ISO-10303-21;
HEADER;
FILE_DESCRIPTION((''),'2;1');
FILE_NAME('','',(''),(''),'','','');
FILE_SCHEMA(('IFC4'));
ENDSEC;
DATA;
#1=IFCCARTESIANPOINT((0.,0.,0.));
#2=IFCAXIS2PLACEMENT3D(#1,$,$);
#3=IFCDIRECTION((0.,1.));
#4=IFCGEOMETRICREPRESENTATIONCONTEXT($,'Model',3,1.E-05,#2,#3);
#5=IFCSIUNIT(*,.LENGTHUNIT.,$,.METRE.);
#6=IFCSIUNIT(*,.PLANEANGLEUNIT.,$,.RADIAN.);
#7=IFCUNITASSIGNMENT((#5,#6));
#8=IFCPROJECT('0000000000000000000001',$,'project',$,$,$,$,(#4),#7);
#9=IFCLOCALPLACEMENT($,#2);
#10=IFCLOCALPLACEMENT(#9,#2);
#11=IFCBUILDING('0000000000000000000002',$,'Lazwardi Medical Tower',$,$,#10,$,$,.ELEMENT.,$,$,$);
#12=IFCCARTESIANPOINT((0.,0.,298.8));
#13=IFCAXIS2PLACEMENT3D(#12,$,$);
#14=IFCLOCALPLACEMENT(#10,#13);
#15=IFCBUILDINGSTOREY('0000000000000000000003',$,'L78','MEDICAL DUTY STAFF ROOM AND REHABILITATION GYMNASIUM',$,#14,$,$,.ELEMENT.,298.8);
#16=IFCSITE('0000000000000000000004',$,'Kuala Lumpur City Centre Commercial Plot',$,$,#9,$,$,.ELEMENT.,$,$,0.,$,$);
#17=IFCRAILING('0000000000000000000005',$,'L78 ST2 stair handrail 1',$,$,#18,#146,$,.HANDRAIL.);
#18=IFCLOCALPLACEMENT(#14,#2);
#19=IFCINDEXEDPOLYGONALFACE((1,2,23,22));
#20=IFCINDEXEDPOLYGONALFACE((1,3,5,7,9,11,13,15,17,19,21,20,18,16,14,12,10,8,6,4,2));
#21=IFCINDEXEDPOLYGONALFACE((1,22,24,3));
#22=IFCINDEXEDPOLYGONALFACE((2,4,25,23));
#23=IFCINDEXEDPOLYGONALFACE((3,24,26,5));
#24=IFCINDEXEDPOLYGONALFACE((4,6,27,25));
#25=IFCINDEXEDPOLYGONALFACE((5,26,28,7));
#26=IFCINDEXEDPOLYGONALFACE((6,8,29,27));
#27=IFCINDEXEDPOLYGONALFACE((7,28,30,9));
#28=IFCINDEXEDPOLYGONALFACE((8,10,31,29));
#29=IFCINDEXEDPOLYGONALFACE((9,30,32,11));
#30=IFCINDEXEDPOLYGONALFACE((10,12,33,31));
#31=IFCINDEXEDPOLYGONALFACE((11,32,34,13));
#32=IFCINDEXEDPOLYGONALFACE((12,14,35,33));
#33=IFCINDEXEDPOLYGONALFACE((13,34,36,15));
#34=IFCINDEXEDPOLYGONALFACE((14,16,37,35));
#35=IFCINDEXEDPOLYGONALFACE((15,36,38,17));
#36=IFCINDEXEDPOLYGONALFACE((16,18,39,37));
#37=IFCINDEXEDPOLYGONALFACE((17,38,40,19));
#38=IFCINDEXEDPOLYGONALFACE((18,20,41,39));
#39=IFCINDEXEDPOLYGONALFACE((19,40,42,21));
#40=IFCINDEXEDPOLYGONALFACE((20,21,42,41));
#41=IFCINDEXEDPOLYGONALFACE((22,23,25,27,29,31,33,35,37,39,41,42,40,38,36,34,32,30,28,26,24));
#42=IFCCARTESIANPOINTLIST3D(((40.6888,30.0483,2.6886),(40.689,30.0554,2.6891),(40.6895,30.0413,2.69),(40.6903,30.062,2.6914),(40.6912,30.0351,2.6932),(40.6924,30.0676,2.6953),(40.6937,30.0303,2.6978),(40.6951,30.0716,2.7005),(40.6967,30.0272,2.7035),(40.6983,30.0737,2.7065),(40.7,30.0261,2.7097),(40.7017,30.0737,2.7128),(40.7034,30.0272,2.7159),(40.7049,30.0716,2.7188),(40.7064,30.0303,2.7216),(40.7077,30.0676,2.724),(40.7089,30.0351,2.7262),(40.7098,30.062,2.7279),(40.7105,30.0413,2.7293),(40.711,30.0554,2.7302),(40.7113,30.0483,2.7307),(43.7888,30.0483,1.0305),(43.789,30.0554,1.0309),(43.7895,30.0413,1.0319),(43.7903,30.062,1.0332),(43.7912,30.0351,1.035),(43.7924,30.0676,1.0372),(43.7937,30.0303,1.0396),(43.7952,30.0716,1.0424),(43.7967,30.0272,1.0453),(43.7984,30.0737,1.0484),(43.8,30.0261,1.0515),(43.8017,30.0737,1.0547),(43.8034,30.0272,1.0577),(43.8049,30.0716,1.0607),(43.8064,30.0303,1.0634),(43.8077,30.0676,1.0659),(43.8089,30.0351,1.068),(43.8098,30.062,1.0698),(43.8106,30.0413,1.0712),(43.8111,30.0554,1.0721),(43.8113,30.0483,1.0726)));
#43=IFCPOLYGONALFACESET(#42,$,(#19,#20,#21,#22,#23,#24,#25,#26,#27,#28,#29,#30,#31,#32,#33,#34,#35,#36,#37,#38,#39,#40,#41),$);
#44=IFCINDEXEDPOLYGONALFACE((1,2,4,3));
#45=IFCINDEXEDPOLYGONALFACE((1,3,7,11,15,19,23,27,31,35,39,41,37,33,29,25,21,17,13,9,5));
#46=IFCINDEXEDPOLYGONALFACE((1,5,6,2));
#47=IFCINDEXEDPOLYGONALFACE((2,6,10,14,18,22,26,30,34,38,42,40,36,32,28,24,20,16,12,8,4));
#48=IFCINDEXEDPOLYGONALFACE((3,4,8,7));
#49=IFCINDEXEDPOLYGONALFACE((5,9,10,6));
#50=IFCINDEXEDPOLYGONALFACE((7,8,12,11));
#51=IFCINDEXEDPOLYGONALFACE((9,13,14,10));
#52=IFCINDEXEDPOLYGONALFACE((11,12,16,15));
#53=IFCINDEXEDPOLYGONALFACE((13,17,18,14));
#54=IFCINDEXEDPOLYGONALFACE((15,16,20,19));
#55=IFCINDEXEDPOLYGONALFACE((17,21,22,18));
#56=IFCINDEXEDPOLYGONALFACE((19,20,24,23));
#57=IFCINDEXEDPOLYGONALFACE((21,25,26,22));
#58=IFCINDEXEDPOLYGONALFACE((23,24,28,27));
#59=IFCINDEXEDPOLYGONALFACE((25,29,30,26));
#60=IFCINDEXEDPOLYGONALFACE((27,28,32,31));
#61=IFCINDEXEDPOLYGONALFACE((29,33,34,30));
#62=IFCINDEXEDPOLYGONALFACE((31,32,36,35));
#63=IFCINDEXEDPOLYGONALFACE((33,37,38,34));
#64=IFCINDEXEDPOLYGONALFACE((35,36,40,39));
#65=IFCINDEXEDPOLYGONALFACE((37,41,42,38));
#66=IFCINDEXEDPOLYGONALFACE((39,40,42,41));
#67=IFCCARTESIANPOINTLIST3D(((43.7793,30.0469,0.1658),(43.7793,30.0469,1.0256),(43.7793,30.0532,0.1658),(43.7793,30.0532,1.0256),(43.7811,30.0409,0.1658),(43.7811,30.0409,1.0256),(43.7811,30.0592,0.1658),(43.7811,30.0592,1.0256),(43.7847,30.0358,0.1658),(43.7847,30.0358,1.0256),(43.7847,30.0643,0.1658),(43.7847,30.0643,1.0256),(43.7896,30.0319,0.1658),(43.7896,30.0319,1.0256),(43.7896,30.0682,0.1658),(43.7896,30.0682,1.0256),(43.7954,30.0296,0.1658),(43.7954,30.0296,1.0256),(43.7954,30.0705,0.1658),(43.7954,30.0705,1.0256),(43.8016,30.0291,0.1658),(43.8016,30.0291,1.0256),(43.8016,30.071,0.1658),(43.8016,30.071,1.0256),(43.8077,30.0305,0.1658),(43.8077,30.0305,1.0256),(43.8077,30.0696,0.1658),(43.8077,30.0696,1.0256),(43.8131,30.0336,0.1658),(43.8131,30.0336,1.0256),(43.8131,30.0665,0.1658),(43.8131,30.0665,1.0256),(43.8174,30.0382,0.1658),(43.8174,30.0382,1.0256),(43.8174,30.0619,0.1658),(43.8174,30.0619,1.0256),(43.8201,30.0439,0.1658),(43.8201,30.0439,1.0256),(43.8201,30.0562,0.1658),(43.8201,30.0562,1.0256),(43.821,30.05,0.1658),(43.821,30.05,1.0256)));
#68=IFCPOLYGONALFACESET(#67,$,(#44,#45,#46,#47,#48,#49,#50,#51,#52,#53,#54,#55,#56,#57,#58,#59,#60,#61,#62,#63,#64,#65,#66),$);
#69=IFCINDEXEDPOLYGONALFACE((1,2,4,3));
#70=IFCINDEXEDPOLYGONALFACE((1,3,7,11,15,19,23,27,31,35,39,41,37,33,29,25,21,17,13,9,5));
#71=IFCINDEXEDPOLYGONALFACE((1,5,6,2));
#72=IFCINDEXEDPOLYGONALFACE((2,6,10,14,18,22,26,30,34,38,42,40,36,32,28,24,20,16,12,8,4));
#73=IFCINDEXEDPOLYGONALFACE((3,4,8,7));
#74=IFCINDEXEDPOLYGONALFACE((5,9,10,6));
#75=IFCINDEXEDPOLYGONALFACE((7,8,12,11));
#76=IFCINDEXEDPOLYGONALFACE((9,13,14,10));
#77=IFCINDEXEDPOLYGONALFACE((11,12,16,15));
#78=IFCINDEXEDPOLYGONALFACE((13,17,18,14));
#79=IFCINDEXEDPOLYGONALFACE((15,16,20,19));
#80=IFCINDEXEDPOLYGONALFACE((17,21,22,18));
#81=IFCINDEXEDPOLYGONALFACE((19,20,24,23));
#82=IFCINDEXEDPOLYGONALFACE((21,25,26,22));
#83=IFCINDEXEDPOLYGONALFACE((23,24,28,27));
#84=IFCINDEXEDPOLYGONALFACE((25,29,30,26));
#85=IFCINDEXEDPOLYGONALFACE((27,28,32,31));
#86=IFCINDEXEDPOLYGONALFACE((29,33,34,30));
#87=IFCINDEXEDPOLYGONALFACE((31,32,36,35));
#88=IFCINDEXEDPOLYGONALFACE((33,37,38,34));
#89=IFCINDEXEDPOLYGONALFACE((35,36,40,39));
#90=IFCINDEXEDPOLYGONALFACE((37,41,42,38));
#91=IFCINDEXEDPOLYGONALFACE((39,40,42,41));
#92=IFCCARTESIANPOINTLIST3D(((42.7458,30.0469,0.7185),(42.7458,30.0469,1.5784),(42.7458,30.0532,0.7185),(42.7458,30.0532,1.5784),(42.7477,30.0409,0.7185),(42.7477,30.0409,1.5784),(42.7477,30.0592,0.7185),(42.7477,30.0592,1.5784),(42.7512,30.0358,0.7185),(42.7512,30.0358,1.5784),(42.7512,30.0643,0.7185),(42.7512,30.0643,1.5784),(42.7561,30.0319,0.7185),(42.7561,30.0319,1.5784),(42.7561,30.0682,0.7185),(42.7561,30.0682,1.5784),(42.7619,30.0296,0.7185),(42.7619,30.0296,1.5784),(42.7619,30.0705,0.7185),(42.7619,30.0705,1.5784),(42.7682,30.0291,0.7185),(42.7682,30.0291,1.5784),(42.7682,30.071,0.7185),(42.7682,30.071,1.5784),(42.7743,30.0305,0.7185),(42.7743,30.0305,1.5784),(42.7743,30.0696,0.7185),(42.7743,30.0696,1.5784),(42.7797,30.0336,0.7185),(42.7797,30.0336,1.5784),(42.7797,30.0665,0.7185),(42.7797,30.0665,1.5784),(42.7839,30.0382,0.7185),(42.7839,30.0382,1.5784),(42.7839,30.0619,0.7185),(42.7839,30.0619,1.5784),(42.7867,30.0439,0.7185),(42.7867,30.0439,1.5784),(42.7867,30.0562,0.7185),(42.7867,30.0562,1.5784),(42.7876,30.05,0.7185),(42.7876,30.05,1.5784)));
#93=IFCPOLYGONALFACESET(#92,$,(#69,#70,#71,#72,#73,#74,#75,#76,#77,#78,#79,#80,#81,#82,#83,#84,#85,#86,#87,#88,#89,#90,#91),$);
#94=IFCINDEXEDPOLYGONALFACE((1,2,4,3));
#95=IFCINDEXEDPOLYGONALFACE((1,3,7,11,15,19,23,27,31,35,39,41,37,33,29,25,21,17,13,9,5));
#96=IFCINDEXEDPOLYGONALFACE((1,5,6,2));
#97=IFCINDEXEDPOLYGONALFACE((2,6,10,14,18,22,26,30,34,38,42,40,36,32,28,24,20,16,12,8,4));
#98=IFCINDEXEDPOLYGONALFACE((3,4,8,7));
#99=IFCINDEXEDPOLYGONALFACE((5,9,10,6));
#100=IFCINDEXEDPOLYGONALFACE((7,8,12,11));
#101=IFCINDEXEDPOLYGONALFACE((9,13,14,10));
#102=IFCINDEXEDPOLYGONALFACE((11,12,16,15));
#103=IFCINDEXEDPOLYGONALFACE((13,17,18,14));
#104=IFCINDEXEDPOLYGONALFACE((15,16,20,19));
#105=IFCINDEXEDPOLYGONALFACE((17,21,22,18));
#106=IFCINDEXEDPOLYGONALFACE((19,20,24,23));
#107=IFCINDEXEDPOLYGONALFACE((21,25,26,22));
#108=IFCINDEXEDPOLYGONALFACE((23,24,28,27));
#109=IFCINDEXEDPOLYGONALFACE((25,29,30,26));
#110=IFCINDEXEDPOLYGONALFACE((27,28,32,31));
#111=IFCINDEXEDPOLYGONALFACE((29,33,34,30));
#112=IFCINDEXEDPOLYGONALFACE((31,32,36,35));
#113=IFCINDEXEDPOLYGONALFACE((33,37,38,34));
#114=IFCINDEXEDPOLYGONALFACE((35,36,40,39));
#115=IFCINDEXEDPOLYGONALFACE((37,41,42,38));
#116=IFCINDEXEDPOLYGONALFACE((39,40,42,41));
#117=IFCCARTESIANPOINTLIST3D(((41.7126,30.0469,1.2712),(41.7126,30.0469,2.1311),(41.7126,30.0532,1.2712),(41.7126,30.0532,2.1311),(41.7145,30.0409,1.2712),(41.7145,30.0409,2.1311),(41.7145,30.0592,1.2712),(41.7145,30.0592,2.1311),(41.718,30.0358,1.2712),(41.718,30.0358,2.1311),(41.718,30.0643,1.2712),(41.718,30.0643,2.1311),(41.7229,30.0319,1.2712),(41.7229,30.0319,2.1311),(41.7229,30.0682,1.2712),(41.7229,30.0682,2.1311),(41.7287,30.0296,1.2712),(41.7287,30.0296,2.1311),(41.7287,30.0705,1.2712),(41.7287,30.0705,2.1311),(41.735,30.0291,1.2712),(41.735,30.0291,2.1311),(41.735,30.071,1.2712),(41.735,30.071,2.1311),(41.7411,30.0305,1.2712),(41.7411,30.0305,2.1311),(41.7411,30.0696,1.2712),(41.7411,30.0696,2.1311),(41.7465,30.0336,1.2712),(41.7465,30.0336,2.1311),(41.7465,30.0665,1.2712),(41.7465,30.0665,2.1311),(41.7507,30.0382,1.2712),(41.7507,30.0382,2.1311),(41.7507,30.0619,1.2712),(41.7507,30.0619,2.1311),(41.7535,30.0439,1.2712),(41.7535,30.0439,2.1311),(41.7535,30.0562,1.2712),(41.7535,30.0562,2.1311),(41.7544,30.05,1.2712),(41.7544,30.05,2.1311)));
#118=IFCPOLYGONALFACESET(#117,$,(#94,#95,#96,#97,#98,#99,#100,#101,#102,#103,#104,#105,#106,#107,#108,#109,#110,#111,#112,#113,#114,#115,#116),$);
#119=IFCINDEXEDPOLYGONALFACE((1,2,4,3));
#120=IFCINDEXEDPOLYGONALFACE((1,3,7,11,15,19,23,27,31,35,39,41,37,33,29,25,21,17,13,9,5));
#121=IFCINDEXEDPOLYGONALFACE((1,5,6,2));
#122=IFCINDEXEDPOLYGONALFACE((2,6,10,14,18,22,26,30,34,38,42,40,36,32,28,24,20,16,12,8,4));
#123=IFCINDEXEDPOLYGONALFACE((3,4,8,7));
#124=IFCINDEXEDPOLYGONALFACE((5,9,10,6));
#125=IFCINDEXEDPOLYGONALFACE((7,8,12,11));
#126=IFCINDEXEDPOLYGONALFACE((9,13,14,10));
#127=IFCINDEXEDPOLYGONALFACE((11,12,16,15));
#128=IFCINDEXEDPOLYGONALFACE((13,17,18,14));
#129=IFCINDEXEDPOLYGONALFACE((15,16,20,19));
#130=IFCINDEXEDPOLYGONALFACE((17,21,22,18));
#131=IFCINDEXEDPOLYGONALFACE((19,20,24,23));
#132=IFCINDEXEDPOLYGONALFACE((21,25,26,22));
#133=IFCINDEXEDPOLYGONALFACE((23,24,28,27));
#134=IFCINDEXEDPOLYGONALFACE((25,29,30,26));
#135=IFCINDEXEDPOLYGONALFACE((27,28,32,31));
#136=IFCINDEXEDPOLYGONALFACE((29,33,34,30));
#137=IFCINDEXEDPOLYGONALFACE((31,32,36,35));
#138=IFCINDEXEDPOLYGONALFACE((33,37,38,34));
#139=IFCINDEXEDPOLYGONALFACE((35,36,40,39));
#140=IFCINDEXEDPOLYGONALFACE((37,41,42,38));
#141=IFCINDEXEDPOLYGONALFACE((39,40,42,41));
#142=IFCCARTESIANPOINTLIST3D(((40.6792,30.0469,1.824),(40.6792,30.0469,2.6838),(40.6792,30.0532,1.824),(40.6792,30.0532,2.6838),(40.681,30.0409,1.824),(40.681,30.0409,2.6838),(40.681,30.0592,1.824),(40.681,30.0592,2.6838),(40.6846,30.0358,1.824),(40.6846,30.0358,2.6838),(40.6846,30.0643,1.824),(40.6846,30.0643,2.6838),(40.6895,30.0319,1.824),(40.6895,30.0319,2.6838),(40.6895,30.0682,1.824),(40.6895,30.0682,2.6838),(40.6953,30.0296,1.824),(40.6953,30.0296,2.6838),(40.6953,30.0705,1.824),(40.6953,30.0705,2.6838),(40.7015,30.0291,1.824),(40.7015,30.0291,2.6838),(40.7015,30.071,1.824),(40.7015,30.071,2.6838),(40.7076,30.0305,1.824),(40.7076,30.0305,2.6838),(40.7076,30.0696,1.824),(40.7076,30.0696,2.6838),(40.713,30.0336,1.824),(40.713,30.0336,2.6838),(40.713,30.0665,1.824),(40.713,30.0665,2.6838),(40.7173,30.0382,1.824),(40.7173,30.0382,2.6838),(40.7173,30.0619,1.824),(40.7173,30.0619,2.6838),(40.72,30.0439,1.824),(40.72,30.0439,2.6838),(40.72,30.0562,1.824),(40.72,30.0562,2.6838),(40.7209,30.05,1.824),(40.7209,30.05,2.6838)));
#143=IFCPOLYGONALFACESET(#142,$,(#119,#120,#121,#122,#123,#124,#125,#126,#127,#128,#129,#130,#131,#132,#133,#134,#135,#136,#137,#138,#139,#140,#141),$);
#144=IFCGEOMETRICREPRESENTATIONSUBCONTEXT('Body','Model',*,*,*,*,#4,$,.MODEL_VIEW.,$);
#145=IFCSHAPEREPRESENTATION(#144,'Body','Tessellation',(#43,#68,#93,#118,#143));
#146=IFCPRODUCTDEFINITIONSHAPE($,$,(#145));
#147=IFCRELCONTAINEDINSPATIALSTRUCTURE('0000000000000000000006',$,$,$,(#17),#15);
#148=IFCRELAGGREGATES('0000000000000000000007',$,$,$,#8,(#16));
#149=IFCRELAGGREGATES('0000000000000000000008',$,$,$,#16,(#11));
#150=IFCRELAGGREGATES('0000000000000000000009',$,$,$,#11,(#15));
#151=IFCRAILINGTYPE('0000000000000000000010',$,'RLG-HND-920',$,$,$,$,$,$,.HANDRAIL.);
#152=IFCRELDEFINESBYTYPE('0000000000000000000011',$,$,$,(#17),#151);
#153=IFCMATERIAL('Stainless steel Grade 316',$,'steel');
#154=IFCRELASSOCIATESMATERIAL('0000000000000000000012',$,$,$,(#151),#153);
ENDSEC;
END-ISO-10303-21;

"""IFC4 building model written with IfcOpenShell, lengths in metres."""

from ifc_helpers import new_model, si_unit, direction, frame, origin, origin_2d, place, context, subcontext, project, spatial, circle, extrude, material, type_object, element, save


model = new_model("IFC4")

# Units and contexts
model_context = context("Model", 3, precision=1e-05, world=origin(), true_north=direction((0.0, 1.0)))
body_context = subcontext(model_context, "Body", "Model", "MODEL_VIEW")
ifc_project = project(units=[si_unit("LENGTHUNIT", "METRE"), si_unit("PLANEANGLEUNIT", "RADIAN")], contexts=[model_context])

# Site, building, storey
site_placement = place(None, origin())
site = spatial("IfcSite", under=ifc_project, at=site_placement, Name="Kuala Lumpur City Centre Commercial Plot", CompositionType="ELEMENT", RefElevation=0.0)
building_placement = place(site_placement, origin())
building = spatial("IfcBuilding", under=site, at=building_placement, Name="Lazwardi Medical Tower", CompositionType="ELEMENT")
storey_placement = place(building_placement, frame((0.0, 0.0, 298.8)))
storey = spatial("IfcBuildingStorey", under=building, at=storey_placement, Name="L78", Description="MEDICAL DUTY STAFF ROOM AND REHABILITATION GYMNASIUM", CompositionType="ELEMENT", Elevation=298.8)

# Railing
ifc_material_1 = material(Name="Stainless steel Grade 316", Category="steel")
railing_type_1 = type_object("IfcRailingType", Name="RLG-HND-920", PredefinedType="HANDRAIL", material=ifc_material_1)
railing_1_placement = place(storey_placement, frame((43.8, 30.05, 0.1658)))
element("IfcRailing", 1, at=railing_1_placement, inside=storey, type_object=railing_type_1, Name="L78 ST2 stair handrail 1", PredefinedType="HANDRAIL", context=body_context, shape_type="SweptSolid", body=[
    extrude(circle(Radius=0.0239, at=origin_2d()), frame((0.0, 0.0, 0.8857), z_axis=(-0.881783, 0.0, 0.471655), x_axis=(0.0, -1.0, 0.0)), (0.0, 0.0, 1.0), 3.5156),
    extrude(circle(Radius=0.021, at=origin_2d()), origin(), (0.0, 0.0, 1.0), 0.8599),
    extrude(circle(Radius=0.021, at=origin_2d()), frame((-1.0334, 0.0, 0.5527)), (0.0, 0.0, 1.0), 0.8599),
    extrude(circle(Radius=0.021, at=origin_2d()), frame((-2.0667, 0.0, 1.1055)), (0.0, 0.0, 1.0), 0.8599),
    extrude(circle(Radius=0.021, at=origin_2d()), frame((-3.1001, 0.0, 1.6582)), (0.0, 0.0, 1.0), 0.8599),
])

save(model, "model.ifc")
